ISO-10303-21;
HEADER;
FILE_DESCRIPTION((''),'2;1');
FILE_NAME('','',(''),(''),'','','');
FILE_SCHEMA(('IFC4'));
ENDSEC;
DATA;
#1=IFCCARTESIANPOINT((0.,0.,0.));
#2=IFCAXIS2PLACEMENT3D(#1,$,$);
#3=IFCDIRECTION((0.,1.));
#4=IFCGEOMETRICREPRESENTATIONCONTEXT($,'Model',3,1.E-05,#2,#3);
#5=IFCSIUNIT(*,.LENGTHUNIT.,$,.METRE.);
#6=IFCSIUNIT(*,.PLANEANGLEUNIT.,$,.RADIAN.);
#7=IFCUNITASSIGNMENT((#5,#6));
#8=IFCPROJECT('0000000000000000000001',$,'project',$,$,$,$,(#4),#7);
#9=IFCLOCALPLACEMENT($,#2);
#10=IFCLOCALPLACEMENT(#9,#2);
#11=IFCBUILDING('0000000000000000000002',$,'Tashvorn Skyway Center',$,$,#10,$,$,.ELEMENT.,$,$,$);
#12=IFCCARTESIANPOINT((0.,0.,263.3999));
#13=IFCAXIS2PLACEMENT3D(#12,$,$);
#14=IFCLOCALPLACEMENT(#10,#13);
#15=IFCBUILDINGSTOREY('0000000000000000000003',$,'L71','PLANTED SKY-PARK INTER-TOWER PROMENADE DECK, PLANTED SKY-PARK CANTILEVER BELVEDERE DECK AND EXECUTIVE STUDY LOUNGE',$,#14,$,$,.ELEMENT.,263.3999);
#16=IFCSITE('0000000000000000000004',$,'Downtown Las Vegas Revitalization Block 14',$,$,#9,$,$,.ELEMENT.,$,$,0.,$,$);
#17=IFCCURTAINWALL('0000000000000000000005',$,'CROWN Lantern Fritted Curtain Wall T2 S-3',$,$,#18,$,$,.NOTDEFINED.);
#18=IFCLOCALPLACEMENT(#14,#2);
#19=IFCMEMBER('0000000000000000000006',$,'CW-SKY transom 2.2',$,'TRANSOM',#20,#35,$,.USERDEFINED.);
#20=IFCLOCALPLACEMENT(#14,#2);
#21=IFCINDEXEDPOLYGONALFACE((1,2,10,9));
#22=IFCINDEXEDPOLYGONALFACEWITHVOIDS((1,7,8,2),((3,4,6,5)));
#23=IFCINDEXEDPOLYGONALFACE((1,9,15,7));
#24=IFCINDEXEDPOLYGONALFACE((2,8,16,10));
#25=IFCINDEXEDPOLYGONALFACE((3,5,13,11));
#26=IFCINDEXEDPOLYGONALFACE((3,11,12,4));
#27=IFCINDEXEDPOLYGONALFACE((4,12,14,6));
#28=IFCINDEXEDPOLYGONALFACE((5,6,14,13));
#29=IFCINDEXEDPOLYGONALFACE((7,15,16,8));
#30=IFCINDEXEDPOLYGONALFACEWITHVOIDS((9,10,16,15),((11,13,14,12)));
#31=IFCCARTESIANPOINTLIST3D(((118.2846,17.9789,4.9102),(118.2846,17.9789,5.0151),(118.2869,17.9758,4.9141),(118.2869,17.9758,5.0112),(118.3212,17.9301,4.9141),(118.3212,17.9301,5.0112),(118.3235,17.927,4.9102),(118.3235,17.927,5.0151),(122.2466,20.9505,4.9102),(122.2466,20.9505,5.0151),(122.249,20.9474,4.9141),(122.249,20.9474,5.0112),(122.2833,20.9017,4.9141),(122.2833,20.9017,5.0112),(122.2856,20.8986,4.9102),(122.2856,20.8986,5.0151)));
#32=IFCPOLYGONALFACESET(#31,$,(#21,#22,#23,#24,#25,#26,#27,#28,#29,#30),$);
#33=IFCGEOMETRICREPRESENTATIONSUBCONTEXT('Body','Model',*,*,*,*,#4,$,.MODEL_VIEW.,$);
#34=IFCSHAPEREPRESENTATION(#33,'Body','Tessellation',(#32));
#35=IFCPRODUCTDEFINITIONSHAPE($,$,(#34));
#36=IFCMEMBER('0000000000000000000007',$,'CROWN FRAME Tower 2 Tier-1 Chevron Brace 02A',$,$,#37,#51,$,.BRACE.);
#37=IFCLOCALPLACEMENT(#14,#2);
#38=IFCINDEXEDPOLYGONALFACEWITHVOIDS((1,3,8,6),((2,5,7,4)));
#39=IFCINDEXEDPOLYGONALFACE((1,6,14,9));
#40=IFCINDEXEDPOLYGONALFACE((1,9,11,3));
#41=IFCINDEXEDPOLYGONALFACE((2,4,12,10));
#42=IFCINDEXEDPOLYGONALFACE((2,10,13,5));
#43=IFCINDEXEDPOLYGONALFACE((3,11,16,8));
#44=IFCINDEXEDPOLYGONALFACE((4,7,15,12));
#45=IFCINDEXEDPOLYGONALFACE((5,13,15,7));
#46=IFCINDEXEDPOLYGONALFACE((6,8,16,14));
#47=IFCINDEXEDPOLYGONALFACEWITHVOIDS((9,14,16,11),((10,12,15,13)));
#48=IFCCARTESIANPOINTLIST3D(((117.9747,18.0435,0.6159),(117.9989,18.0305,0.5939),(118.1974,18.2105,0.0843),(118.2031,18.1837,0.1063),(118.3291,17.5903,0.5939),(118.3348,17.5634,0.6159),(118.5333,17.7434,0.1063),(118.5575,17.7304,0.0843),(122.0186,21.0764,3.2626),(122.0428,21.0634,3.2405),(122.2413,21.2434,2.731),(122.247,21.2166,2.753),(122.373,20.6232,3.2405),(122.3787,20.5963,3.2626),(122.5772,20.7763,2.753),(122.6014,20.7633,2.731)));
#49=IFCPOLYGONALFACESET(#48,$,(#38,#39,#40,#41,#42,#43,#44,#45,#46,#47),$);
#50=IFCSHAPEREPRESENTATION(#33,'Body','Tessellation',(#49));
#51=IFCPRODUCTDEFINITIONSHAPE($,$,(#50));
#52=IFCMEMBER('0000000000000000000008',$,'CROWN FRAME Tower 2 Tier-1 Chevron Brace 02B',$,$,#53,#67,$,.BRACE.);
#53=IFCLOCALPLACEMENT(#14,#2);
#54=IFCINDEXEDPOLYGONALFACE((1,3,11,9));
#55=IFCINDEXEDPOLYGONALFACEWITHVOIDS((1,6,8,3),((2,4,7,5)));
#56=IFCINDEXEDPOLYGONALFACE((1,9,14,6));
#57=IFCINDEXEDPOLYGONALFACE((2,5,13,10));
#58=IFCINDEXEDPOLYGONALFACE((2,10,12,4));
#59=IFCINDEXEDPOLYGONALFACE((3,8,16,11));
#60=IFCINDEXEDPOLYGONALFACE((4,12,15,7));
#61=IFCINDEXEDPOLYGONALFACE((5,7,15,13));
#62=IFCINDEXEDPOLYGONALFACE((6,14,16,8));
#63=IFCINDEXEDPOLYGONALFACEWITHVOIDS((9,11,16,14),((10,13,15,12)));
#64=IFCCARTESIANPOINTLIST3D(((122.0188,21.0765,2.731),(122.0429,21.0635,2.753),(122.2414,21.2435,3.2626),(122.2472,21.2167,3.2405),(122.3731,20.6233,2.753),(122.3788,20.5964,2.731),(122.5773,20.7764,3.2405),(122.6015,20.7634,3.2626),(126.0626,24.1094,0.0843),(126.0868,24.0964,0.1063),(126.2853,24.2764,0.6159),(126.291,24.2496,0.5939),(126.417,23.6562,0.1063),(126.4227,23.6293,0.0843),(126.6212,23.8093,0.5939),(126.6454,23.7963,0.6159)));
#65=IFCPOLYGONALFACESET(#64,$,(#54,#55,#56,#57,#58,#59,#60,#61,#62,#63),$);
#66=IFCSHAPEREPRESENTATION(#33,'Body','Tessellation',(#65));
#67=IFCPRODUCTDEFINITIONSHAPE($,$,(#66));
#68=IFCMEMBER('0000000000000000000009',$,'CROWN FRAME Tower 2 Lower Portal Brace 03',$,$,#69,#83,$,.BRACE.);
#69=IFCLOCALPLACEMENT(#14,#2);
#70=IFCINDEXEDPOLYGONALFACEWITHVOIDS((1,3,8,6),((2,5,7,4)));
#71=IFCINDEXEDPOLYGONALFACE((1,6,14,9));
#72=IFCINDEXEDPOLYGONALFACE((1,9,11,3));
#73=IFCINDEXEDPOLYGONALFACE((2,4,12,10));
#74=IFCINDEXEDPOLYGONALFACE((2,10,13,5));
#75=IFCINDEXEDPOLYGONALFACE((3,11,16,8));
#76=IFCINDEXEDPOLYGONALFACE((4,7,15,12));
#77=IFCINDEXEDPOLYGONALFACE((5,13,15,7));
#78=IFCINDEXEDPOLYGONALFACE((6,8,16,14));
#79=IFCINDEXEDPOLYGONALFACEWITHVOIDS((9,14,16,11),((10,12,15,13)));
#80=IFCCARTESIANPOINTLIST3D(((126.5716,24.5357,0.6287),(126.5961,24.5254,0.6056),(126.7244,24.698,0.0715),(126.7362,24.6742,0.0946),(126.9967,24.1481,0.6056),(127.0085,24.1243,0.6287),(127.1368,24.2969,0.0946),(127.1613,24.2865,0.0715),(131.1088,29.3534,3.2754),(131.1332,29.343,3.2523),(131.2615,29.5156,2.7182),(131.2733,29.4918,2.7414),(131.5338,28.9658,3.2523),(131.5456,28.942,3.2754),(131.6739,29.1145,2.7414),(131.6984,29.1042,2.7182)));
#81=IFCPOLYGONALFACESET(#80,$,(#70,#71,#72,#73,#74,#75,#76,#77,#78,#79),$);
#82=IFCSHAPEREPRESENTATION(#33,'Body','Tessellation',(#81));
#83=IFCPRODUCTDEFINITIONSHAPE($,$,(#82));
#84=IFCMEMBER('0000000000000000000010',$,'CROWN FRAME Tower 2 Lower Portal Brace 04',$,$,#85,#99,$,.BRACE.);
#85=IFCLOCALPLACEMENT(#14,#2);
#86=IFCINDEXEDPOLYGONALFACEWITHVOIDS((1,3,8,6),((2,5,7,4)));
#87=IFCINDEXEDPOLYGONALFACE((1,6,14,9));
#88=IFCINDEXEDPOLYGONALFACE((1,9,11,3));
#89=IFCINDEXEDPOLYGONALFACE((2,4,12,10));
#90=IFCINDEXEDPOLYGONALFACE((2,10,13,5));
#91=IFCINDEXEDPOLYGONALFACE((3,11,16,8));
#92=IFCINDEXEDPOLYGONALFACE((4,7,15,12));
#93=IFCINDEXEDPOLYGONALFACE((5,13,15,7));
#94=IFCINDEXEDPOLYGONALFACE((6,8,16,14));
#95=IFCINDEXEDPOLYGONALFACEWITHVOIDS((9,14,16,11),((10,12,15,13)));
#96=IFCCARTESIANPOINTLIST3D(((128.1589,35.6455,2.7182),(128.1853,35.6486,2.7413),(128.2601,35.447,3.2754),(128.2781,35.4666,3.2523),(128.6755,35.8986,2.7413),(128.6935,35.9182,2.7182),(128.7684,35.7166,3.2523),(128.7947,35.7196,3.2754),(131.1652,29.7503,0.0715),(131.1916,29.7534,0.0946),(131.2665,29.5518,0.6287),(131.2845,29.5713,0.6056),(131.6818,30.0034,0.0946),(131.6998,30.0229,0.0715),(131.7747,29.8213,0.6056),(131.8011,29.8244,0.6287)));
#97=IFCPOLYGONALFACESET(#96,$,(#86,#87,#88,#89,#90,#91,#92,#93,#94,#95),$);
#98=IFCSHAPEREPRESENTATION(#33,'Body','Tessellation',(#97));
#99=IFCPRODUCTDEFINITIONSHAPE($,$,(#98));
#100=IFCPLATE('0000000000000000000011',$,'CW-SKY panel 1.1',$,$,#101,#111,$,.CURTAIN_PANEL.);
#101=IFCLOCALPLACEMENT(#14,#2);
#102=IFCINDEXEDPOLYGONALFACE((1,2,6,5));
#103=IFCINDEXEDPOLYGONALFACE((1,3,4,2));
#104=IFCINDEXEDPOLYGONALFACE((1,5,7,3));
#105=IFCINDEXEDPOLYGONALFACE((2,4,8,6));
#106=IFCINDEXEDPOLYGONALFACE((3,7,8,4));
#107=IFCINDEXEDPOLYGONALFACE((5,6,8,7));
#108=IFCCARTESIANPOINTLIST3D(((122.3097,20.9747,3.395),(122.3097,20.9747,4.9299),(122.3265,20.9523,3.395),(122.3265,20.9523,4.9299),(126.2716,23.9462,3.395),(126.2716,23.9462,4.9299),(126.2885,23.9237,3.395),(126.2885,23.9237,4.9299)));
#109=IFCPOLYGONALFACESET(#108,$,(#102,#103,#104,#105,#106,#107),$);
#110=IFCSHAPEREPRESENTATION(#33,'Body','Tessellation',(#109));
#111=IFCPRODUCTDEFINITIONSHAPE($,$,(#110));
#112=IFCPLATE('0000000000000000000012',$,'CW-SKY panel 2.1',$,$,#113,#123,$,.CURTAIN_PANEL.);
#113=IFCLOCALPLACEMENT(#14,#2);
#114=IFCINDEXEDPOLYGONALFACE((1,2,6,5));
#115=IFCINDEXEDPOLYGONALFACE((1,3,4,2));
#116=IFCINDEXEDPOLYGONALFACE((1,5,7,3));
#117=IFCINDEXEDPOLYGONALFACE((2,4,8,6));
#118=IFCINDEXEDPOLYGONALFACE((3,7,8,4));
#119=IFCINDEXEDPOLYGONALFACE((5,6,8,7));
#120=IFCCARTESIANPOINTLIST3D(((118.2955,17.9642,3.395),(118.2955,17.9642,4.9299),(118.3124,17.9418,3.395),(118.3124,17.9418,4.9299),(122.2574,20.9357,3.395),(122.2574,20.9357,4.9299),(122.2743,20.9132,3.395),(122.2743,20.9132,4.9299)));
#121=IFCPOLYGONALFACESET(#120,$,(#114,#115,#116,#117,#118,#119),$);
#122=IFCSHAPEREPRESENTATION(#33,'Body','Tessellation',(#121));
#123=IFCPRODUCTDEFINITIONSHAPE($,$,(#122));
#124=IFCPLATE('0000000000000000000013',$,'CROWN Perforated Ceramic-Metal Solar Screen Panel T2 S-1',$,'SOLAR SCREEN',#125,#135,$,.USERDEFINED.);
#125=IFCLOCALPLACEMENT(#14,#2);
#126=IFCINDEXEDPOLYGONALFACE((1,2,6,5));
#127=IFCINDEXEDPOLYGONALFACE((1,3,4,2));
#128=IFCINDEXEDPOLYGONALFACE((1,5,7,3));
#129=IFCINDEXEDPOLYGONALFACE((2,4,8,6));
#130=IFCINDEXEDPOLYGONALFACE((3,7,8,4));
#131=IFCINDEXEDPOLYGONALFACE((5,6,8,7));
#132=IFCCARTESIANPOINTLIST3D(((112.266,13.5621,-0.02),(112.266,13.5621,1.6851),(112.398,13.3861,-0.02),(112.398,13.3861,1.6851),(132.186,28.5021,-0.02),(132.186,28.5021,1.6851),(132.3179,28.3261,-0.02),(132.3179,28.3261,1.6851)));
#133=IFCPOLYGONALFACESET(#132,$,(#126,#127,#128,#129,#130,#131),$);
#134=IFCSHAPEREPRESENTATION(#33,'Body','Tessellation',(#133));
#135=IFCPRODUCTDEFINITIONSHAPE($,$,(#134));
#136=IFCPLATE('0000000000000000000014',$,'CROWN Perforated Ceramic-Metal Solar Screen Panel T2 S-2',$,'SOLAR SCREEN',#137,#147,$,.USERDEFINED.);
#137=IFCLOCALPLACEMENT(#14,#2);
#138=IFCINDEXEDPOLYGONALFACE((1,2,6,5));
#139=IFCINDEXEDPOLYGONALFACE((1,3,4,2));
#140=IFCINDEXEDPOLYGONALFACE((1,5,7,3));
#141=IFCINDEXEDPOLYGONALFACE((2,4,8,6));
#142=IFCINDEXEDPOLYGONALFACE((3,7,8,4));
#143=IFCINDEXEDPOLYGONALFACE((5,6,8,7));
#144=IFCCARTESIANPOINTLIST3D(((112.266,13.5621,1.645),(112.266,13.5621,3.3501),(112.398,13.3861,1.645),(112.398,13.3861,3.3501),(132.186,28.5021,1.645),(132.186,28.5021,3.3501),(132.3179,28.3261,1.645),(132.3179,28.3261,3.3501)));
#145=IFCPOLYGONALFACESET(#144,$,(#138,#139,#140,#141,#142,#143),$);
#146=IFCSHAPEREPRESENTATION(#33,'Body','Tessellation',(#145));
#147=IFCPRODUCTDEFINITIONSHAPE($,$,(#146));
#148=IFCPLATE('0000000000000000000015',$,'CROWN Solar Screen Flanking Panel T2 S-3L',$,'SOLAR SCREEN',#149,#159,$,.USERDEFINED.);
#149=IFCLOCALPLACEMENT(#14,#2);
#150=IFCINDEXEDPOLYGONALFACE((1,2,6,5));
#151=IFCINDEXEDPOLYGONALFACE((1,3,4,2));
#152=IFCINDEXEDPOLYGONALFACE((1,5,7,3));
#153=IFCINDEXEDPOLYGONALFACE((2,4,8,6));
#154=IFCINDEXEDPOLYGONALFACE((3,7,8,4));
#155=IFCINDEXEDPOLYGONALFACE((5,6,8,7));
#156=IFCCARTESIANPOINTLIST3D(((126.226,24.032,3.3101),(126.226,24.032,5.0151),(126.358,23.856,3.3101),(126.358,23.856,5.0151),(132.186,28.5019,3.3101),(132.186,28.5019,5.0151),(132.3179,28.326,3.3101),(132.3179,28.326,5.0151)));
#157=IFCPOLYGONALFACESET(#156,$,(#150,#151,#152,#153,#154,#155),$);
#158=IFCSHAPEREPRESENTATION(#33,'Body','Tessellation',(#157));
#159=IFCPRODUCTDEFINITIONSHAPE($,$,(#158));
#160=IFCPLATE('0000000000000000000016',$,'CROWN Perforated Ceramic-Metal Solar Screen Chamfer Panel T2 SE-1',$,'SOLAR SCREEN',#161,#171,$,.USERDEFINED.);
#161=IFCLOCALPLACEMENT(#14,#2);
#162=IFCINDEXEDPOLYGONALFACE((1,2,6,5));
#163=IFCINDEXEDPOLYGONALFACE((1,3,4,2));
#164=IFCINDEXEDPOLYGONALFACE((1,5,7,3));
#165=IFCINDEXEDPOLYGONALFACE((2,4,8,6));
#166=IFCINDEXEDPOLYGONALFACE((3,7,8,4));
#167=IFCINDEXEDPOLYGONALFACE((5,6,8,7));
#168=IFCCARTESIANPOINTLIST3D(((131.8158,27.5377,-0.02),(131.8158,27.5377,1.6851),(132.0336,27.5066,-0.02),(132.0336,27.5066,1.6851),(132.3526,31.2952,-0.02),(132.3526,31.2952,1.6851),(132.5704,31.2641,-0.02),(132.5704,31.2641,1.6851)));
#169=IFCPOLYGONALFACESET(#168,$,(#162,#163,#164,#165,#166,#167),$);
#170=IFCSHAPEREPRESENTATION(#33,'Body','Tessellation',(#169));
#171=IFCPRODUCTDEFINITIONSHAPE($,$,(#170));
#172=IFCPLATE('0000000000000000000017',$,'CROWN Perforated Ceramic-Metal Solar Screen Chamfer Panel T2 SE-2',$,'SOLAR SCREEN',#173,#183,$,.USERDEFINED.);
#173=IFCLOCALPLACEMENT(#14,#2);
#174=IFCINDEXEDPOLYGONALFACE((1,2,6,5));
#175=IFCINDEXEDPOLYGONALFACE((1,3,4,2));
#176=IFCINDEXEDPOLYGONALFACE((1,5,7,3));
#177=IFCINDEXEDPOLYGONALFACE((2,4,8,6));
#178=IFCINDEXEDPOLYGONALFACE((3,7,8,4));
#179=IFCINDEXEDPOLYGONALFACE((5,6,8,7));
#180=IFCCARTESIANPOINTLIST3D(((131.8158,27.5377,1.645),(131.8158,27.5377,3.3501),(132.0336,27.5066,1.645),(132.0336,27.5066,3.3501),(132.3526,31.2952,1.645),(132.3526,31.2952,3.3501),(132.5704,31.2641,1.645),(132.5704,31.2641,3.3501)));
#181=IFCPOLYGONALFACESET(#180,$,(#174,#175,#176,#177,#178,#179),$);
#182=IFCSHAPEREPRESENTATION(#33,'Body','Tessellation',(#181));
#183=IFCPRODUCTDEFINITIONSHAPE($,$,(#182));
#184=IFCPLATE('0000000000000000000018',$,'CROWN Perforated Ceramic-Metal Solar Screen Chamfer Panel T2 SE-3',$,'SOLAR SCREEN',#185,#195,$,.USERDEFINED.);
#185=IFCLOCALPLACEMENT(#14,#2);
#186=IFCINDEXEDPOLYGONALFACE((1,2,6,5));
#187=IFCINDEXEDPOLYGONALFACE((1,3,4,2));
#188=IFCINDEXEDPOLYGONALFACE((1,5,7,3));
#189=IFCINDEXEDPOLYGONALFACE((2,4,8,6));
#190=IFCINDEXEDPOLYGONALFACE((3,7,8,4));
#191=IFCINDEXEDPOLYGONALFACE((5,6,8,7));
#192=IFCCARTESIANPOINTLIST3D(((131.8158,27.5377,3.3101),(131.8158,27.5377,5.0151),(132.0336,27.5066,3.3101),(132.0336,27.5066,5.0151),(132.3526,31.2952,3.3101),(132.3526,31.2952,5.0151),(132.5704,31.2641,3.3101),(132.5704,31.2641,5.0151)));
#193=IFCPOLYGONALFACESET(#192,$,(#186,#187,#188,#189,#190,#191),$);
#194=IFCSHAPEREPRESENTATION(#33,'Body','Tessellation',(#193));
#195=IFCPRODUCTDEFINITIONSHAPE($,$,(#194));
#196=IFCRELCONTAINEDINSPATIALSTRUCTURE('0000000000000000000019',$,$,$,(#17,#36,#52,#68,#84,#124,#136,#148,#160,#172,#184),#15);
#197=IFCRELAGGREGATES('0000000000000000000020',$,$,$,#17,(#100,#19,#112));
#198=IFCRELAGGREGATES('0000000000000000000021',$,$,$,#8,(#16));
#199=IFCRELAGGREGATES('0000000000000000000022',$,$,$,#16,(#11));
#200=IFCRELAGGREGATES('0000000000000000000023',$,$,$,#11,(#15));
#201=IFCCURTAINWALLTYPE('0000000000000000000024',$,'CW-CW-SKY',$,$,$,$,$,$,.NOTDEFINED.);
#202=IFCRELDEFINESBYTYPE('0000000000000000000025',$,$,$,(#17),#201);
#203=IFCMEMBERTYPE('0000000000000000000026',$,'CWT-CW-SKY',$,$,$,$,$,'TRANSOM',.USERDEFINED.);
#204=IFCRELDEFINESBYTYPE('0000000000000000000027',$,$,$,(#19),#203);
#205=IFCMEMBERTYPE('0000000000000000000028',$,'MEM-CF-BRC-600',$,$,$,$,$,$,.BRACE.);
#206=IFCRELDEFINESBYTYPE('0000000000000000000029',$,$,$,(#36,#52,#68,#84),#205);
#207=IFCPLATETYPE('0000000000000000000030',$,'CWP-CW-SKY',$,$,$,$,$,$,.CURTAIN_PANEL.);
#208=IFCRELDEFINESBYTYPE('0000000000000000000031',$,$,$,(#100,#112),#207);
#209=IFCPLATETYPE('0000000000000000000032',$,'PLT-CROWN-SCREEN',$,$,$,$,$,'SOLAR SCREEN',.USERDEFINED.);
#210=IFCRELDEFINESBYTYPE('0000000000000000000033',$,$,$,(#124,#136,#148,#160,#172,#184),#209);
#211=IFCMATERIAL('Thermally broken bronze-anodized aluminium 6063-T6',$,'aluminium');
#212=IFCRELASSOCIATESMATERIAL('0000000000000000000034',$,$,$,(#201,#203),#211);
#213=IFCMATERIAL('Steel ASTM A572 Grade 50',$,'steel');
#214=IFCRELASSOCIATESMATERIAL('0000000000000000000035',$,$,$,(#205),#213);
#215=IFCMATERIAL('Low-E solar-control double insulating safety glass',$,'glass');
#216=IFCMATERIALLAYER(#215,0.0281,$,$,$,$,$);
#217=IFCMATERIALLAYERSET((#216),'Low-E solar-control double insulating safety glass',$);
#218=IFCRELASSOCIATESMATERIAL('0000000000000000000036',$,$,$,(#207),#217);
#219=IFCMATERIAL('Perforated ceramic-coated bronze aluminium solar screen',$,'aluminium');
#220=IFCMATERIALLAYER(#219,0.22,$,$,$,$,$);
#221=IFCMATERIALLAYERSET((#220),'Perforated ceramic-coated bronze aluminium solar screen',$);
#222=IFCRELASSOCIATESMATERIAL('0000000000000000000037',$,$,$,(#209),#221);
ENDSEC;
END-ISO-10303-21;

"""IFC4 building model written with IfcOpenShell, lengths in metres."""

from ifc_helpers import new_model, si_unit, direction, frame, origin, origin_2d, place, context, subcontext, project, spatial, rectangle, hollow_rectangle, extrude, material, layer, layer_set, material_profile, profile_set, type_object, element, aggregate, save


model = new_model("IFC4")

# Units and contexts
model_context = context("Model", 3, precision=1e-05, world=origin(), true_north=direction((0.0, 1.0)))
body_context = subcontext(model_context, "Body", "Model", "MODEL_VIEW")
ifc_project = project(units=[si_unit("LENGTHUNIT", "METRE"), si_unit("PLANEANGLEUNIT", "RADIAN")], contexts=[model_context])

# Site, building, storey
site_placement = place(None, origin())
site = spatial("IfcSite", under=ifc_project, at=site_placement, Name="Downtown Las Vegas Revitalization Block 14", CompositionType="ELEMENT", RefElevation=0.0)
building_placement = place(site_placement, origin())
building = spatial("IfcBuilding", under=site, at=building_placement, Name="Tashvorn Skyway Center", CompositionType="ELEMENT")
storey_placement = place(building_placement, frame((0.0, 0.0, 263.3999)))
storey = spatial("IfcBuildingStorey", under=building, at=storey_placement, Name="L71", Description="PLANTED SKY-PARK INTER-TOWER PROMENADE DECK, PLANTED SKY-PARK CANTILEVER BELVEDERE DECK AND EXECUTIVE STUDY LOUNGE", CompositionType="ELEMENT", Elevation=263.3999)

# Shared definitions
ifc_material_1 = material(Name="Steel ASTM A572 Grade 50", Category="steel")

# Curtain wall, member
ifc_material_2 = material(Name="Thermally broken bronze-anodized aluminium 6063-T6", Category="aluminium")
curtain_wall_type = type_object("IfcCurtainWallType", Name="CW-CW-SKY", PredefinedType="NOTDEFINED", material=ifc_material_2)
curtain_wall_placement = place(storey_placement, origin())
curtain_wall = element("IfcCurtainWall", 1, at=curtain_wall_placement, inside=storey, type_object=curtain_wall_type, Name="CROWN Lantern Fritted Curtain Wall T2 S-3", PredefinedType="NOTDEFINED")
ifc_material_profile_1 = material_profile(ifc_material_2, hollow_rectangle(XDim=0.0649, YDim=0.105, WallThickness=0.0039, at=origin_2d()), Name="ALU-TRAN-65x105")
ifc_profile_set_1 = profile_set([ifc_material_profile_1], Name="Thermally broken bronze-anodized aluminium 6063-T6")
member_type_1 = type_object("IfcMemberType", Name="CWT-CW-SKY", ElementType="TRANSOM", PredefinedType="USERDEFINED", material=ifc_profile_set_1)
member_1_placement = place(storey_placement, frame((122.2661, 20.9246, 4.9626), z_axis=(-0.799994, -0.600008, 0.0), x_axis=(0.600008, -0.799994, 0.0)))
member_1 = element("IfcMember", 2, at=member_1_placement, type_object=member_type_1, Name="CW-SKY transom 2.2", ObjectType="TRANSOM", PredefinedType="USERDEFINED", context=body_context, shape_type="SweptSolid", body=[
    extrude(hollow_rectangle(XDim=0.0649, YDim=0.105, WallThickness=0.0039, at=origin_2d()), origin(), (0.0, 0.0, 1.0), 4.9526),
])

# Members
ifc_material_profile_2 = material_profile(ifc_material_1, hollow_rectangle(XDim=0.6001, YDim=0.6001, WallThickness=0.0249, at=origin_2d()), Name="BOX600x600x25")
ifc_profile_set_2 = profile_set([ifc_material_profile_2], Name="Steel ASTM A572 Grade 50")
member_type_2 = type_object("IfcMemberType", Name="MEM-CF-BRC-600", PredefinedType="BRACE", material=ifc_profile_set_2)
for number, where, z_axis, x_axis, name in (
    (3, (118.2661, 17.887, 0.3501), (0.708728, 0.531546, 0.463857), (-0.6, 0.8, 0.0), "CROWN FRAME Tower 2 Tier-1 Chevron Brace 02A"),
    (4, (126.354, 23.9529, 0.3501), (-0.708728, -0.531546, 0.463857), (0.6, -0.8, 0.0), "CROWN FRAME Tower 2 Tier-1 Chevron Brace 02B"),
):
    element("IfcMember", number, at=place(storey_placement, frame(where, z_axis=z_axis, x_axis=x_axis)), inside=storey, type_object=member_type_2, Name=name, PredefinedType="BRACE", context=body_context, shape_type="SweptSolid", body=[
        extrude(hollow_rectangle(XDim=0.6001, YDim=0.6001, WallThickness=0.0249, at=origin_2d()), origin(), (0.0, 0.0, 1.0), 5.7058),
    ])
member_2_placement = place(storey_placement, frame((126.8665, 24.4111, 0.3501), z_axis=(0.636571, 0.675929, 0.371345), x_axis=(-0.727983, 0.685595, 0.0)))
element("IfcMember", 5, at=member_2_placement, inside=storey, type_object=member_type_2, Name="CROWN FRAME Tower 2 Lower Portal Brace 03", PredefinedType="BRACE", context=body_context, shape_type="SweptSolid", body=[
    extrude(hollow_rectangle(XDim=0.6001, YDim=0.6001, WallThickness=0.0249, at=origin_2d()), origin(), (0.0, 0.0, 1.0), 7.1274),
])
member_3_placement = place(storey_placement, frame((131.4832, 29.7874, 0.3501), z_axis=(-0.421811, 0.827146, 0.371354), x_axis=(-0.89085, -0.454298, 0.0)))
element("IfcMember", 6, at=member_3_placement, inside=storey, type_object=member_type_2, Name="CROWN FRAME Tower 2 Lower Portal Brace 04", PredefinedType="BRACE", context=body_context, shape_type="SweptSolid", body=[
    extrude(hollow_rectangle(XDim=0.6001, YDim=0.6001, WallThickness=0.0249, at=origin_2d()), origin(), (0.0, 0.0, 1.0), 7.1272),
])

# Plates
ifc_material_3 = material(Name="Low-E solar-control double insulating safety glass", Category="glass")
ifc_layer_1 = layer(ifc_material_3, 0.0281)
ifc_layer_set_1 = layer_set([ifc_layer_1], Name="Low-E solar-control double insulating safety glass")
plate_type_1 = type_object("IfcPlateType", Name="CWP-CW-SKY", PredefinedType="CURTAIN_PANEL", material=ifc_layer_set_1)
plate_1_placement = place(storey_placement, frame((124.2991, 22.4492, 3.395), z_axis=(0.0, 0.0, 1.0), x_axis=(-0.8, -0.6, 0.0)))
plate_1 = element("IfcPlate", 7, at=plate_1_placement, type_object=plate_type_1, Name="CW-SKY panel 1.1", PredefinedType="CURTAIN_PANEL", context=body_context, shape_type="SweptSolid", body=[
    extrude(rectangle(XDim=4.9524, YDim=0.0281, at=origin_2d()), origin(), (0.0, 0.0, 1.0), 1.5349),
])
plate_2_placement = place(storey_placement, frame((120.2849, 19.4387, 3.395), z_axis=(0.0, 0.0, 1.0), x_axis=(-0.8, -0.6, 0.0)))
plate_2 = element("IfcPlate", 8, at=plate_2_placement, type_object=plate_type_1, Name="CW-SKY panel 2.1", PredefinedType="CURTAIN_PANEL", context=body_context, shape_type="SweptSolid", body=[
    extrude(rectangle(XDim=4.9524, YDim=0.0281, at=origin_2d()), origin(), (0.0, 0.0, 1.0), 1.5349),
])
aggregate(curtain_wall, [plate_1, member_1, plate_2])

# Plates
ifc_material_4 = material(Name="Perforated ceramic-coated bronze aluminium solar screen", Category="aluminium")
ifc_layer_2 = layer(ifc_material_4, 0.22)
ifc_layer_set_2 = layer_set([ifc_layer_2], Name="Perforated ceramic-coated bronze aluminium solar screen")
plate_type_2 = type_object("IfcPlateType", Name="PLT-CROWN-SCREEN", ElementType="SOLAR SCREEN", PredefinedType="USERDEFINED", material=ifc_layer_set_2)
for number, where, z_axis, x_axis, name in (
    (9, (122.292, 20.9441, -0.02), (0.0, 0.0, 1.0), (0.8, 0.6, 0.0), "CROWN Perforated Ceramic-Metal Solar Screen Panel T2 S-1"),
    (10, (122.292, 20.9441, 1.645), (0.0, 0.0, 1.0), (0.8, 0.6, 0.0), "CROWN Perforated Ceramic-Metal Solar Screen Panel T2 S-2"),
):
    element("IfcPlate", number, at=place(storey_placement, frame(where, z_axis=z_axis, x_axis=x_axis)), inside=storey, type_object=plate_type_2, Name=name, ObjectType="SOLAR SCREEN", PredefinedType="USERDEFINED", context=body_context, shape_type="SweptSolid", body=[
        extrude(rectangle(XDim=24.8999, YDim=0.22, at=origin_2d()), origin(), (0.0, 0.0, 1.0), 1.7051),
    ])
plate_3_placement = place(storey_placement, frame((129.272, 26.179, 3.3101), z_axis=(0.0, 0.0, 1.0), x_axis=(0.8, 0.6, 0.0)))
element("IfcPlate", 11, at=plate_3_placement, inside=storey, type_object=plate_type_2, Name="CROWN Solar Screen Flanking Panel T2 S-3L", ObjectType="SOLAR SCREEN", PredefinedType="USERDEFINED", context=body_context, shape_type="SweptSolid", body=[
    extrude(rectangle(XDim=7.45, YDim=0.22, at=origin_2d()), origin(), (0.0, 0.0, 1.0), 1.7051),
])
for number, where, z_axis, x_axis, name in (
    (12, (132.1931, 29.4009, -0.02), (0.0, 0.0, 1.0), (0.141421, 0.989949, 0.0), "CROWN Perforated Ceramic-Metal Solar Screen Chamfer Panel T2 SE-1"),
    (13, (132.1931, 29.4009, 1.645), (0.0, 0.0, 1.0), (0.141421, 0.989949, 0.0), "CROWN Perforated Ceramic-Metal Solar Screen Chamfer Panel T2 SE-2"),
    (14, (132.1931, 29.4009, 3.3101), (0.0, 0.0, 1.0), (0.141421, 0.989949, 0.0), "CROWN Perforated Ceramic-Metal Solar Screen Chamfer Panel T2 SE-3"),
):
    element("IfcPlate", number, at=place(storey_placement, frame(where, z_axis=z_axis, x_axis=x_axis)), inside=storey, type_object=plate_type_2, Name=name, ObjectType="SOLAR SCREEN", PredefinedType="USERDEFINED", context=body_context, shape_type="SweptSolid", body=[
        extrude(rectangle(XDim=3.7957, YDim=0.22, at=origin_2d()), origin(), (0.0, 0.0, 1.0), 1.7051),
    ])

save(model, "model.ifc")
